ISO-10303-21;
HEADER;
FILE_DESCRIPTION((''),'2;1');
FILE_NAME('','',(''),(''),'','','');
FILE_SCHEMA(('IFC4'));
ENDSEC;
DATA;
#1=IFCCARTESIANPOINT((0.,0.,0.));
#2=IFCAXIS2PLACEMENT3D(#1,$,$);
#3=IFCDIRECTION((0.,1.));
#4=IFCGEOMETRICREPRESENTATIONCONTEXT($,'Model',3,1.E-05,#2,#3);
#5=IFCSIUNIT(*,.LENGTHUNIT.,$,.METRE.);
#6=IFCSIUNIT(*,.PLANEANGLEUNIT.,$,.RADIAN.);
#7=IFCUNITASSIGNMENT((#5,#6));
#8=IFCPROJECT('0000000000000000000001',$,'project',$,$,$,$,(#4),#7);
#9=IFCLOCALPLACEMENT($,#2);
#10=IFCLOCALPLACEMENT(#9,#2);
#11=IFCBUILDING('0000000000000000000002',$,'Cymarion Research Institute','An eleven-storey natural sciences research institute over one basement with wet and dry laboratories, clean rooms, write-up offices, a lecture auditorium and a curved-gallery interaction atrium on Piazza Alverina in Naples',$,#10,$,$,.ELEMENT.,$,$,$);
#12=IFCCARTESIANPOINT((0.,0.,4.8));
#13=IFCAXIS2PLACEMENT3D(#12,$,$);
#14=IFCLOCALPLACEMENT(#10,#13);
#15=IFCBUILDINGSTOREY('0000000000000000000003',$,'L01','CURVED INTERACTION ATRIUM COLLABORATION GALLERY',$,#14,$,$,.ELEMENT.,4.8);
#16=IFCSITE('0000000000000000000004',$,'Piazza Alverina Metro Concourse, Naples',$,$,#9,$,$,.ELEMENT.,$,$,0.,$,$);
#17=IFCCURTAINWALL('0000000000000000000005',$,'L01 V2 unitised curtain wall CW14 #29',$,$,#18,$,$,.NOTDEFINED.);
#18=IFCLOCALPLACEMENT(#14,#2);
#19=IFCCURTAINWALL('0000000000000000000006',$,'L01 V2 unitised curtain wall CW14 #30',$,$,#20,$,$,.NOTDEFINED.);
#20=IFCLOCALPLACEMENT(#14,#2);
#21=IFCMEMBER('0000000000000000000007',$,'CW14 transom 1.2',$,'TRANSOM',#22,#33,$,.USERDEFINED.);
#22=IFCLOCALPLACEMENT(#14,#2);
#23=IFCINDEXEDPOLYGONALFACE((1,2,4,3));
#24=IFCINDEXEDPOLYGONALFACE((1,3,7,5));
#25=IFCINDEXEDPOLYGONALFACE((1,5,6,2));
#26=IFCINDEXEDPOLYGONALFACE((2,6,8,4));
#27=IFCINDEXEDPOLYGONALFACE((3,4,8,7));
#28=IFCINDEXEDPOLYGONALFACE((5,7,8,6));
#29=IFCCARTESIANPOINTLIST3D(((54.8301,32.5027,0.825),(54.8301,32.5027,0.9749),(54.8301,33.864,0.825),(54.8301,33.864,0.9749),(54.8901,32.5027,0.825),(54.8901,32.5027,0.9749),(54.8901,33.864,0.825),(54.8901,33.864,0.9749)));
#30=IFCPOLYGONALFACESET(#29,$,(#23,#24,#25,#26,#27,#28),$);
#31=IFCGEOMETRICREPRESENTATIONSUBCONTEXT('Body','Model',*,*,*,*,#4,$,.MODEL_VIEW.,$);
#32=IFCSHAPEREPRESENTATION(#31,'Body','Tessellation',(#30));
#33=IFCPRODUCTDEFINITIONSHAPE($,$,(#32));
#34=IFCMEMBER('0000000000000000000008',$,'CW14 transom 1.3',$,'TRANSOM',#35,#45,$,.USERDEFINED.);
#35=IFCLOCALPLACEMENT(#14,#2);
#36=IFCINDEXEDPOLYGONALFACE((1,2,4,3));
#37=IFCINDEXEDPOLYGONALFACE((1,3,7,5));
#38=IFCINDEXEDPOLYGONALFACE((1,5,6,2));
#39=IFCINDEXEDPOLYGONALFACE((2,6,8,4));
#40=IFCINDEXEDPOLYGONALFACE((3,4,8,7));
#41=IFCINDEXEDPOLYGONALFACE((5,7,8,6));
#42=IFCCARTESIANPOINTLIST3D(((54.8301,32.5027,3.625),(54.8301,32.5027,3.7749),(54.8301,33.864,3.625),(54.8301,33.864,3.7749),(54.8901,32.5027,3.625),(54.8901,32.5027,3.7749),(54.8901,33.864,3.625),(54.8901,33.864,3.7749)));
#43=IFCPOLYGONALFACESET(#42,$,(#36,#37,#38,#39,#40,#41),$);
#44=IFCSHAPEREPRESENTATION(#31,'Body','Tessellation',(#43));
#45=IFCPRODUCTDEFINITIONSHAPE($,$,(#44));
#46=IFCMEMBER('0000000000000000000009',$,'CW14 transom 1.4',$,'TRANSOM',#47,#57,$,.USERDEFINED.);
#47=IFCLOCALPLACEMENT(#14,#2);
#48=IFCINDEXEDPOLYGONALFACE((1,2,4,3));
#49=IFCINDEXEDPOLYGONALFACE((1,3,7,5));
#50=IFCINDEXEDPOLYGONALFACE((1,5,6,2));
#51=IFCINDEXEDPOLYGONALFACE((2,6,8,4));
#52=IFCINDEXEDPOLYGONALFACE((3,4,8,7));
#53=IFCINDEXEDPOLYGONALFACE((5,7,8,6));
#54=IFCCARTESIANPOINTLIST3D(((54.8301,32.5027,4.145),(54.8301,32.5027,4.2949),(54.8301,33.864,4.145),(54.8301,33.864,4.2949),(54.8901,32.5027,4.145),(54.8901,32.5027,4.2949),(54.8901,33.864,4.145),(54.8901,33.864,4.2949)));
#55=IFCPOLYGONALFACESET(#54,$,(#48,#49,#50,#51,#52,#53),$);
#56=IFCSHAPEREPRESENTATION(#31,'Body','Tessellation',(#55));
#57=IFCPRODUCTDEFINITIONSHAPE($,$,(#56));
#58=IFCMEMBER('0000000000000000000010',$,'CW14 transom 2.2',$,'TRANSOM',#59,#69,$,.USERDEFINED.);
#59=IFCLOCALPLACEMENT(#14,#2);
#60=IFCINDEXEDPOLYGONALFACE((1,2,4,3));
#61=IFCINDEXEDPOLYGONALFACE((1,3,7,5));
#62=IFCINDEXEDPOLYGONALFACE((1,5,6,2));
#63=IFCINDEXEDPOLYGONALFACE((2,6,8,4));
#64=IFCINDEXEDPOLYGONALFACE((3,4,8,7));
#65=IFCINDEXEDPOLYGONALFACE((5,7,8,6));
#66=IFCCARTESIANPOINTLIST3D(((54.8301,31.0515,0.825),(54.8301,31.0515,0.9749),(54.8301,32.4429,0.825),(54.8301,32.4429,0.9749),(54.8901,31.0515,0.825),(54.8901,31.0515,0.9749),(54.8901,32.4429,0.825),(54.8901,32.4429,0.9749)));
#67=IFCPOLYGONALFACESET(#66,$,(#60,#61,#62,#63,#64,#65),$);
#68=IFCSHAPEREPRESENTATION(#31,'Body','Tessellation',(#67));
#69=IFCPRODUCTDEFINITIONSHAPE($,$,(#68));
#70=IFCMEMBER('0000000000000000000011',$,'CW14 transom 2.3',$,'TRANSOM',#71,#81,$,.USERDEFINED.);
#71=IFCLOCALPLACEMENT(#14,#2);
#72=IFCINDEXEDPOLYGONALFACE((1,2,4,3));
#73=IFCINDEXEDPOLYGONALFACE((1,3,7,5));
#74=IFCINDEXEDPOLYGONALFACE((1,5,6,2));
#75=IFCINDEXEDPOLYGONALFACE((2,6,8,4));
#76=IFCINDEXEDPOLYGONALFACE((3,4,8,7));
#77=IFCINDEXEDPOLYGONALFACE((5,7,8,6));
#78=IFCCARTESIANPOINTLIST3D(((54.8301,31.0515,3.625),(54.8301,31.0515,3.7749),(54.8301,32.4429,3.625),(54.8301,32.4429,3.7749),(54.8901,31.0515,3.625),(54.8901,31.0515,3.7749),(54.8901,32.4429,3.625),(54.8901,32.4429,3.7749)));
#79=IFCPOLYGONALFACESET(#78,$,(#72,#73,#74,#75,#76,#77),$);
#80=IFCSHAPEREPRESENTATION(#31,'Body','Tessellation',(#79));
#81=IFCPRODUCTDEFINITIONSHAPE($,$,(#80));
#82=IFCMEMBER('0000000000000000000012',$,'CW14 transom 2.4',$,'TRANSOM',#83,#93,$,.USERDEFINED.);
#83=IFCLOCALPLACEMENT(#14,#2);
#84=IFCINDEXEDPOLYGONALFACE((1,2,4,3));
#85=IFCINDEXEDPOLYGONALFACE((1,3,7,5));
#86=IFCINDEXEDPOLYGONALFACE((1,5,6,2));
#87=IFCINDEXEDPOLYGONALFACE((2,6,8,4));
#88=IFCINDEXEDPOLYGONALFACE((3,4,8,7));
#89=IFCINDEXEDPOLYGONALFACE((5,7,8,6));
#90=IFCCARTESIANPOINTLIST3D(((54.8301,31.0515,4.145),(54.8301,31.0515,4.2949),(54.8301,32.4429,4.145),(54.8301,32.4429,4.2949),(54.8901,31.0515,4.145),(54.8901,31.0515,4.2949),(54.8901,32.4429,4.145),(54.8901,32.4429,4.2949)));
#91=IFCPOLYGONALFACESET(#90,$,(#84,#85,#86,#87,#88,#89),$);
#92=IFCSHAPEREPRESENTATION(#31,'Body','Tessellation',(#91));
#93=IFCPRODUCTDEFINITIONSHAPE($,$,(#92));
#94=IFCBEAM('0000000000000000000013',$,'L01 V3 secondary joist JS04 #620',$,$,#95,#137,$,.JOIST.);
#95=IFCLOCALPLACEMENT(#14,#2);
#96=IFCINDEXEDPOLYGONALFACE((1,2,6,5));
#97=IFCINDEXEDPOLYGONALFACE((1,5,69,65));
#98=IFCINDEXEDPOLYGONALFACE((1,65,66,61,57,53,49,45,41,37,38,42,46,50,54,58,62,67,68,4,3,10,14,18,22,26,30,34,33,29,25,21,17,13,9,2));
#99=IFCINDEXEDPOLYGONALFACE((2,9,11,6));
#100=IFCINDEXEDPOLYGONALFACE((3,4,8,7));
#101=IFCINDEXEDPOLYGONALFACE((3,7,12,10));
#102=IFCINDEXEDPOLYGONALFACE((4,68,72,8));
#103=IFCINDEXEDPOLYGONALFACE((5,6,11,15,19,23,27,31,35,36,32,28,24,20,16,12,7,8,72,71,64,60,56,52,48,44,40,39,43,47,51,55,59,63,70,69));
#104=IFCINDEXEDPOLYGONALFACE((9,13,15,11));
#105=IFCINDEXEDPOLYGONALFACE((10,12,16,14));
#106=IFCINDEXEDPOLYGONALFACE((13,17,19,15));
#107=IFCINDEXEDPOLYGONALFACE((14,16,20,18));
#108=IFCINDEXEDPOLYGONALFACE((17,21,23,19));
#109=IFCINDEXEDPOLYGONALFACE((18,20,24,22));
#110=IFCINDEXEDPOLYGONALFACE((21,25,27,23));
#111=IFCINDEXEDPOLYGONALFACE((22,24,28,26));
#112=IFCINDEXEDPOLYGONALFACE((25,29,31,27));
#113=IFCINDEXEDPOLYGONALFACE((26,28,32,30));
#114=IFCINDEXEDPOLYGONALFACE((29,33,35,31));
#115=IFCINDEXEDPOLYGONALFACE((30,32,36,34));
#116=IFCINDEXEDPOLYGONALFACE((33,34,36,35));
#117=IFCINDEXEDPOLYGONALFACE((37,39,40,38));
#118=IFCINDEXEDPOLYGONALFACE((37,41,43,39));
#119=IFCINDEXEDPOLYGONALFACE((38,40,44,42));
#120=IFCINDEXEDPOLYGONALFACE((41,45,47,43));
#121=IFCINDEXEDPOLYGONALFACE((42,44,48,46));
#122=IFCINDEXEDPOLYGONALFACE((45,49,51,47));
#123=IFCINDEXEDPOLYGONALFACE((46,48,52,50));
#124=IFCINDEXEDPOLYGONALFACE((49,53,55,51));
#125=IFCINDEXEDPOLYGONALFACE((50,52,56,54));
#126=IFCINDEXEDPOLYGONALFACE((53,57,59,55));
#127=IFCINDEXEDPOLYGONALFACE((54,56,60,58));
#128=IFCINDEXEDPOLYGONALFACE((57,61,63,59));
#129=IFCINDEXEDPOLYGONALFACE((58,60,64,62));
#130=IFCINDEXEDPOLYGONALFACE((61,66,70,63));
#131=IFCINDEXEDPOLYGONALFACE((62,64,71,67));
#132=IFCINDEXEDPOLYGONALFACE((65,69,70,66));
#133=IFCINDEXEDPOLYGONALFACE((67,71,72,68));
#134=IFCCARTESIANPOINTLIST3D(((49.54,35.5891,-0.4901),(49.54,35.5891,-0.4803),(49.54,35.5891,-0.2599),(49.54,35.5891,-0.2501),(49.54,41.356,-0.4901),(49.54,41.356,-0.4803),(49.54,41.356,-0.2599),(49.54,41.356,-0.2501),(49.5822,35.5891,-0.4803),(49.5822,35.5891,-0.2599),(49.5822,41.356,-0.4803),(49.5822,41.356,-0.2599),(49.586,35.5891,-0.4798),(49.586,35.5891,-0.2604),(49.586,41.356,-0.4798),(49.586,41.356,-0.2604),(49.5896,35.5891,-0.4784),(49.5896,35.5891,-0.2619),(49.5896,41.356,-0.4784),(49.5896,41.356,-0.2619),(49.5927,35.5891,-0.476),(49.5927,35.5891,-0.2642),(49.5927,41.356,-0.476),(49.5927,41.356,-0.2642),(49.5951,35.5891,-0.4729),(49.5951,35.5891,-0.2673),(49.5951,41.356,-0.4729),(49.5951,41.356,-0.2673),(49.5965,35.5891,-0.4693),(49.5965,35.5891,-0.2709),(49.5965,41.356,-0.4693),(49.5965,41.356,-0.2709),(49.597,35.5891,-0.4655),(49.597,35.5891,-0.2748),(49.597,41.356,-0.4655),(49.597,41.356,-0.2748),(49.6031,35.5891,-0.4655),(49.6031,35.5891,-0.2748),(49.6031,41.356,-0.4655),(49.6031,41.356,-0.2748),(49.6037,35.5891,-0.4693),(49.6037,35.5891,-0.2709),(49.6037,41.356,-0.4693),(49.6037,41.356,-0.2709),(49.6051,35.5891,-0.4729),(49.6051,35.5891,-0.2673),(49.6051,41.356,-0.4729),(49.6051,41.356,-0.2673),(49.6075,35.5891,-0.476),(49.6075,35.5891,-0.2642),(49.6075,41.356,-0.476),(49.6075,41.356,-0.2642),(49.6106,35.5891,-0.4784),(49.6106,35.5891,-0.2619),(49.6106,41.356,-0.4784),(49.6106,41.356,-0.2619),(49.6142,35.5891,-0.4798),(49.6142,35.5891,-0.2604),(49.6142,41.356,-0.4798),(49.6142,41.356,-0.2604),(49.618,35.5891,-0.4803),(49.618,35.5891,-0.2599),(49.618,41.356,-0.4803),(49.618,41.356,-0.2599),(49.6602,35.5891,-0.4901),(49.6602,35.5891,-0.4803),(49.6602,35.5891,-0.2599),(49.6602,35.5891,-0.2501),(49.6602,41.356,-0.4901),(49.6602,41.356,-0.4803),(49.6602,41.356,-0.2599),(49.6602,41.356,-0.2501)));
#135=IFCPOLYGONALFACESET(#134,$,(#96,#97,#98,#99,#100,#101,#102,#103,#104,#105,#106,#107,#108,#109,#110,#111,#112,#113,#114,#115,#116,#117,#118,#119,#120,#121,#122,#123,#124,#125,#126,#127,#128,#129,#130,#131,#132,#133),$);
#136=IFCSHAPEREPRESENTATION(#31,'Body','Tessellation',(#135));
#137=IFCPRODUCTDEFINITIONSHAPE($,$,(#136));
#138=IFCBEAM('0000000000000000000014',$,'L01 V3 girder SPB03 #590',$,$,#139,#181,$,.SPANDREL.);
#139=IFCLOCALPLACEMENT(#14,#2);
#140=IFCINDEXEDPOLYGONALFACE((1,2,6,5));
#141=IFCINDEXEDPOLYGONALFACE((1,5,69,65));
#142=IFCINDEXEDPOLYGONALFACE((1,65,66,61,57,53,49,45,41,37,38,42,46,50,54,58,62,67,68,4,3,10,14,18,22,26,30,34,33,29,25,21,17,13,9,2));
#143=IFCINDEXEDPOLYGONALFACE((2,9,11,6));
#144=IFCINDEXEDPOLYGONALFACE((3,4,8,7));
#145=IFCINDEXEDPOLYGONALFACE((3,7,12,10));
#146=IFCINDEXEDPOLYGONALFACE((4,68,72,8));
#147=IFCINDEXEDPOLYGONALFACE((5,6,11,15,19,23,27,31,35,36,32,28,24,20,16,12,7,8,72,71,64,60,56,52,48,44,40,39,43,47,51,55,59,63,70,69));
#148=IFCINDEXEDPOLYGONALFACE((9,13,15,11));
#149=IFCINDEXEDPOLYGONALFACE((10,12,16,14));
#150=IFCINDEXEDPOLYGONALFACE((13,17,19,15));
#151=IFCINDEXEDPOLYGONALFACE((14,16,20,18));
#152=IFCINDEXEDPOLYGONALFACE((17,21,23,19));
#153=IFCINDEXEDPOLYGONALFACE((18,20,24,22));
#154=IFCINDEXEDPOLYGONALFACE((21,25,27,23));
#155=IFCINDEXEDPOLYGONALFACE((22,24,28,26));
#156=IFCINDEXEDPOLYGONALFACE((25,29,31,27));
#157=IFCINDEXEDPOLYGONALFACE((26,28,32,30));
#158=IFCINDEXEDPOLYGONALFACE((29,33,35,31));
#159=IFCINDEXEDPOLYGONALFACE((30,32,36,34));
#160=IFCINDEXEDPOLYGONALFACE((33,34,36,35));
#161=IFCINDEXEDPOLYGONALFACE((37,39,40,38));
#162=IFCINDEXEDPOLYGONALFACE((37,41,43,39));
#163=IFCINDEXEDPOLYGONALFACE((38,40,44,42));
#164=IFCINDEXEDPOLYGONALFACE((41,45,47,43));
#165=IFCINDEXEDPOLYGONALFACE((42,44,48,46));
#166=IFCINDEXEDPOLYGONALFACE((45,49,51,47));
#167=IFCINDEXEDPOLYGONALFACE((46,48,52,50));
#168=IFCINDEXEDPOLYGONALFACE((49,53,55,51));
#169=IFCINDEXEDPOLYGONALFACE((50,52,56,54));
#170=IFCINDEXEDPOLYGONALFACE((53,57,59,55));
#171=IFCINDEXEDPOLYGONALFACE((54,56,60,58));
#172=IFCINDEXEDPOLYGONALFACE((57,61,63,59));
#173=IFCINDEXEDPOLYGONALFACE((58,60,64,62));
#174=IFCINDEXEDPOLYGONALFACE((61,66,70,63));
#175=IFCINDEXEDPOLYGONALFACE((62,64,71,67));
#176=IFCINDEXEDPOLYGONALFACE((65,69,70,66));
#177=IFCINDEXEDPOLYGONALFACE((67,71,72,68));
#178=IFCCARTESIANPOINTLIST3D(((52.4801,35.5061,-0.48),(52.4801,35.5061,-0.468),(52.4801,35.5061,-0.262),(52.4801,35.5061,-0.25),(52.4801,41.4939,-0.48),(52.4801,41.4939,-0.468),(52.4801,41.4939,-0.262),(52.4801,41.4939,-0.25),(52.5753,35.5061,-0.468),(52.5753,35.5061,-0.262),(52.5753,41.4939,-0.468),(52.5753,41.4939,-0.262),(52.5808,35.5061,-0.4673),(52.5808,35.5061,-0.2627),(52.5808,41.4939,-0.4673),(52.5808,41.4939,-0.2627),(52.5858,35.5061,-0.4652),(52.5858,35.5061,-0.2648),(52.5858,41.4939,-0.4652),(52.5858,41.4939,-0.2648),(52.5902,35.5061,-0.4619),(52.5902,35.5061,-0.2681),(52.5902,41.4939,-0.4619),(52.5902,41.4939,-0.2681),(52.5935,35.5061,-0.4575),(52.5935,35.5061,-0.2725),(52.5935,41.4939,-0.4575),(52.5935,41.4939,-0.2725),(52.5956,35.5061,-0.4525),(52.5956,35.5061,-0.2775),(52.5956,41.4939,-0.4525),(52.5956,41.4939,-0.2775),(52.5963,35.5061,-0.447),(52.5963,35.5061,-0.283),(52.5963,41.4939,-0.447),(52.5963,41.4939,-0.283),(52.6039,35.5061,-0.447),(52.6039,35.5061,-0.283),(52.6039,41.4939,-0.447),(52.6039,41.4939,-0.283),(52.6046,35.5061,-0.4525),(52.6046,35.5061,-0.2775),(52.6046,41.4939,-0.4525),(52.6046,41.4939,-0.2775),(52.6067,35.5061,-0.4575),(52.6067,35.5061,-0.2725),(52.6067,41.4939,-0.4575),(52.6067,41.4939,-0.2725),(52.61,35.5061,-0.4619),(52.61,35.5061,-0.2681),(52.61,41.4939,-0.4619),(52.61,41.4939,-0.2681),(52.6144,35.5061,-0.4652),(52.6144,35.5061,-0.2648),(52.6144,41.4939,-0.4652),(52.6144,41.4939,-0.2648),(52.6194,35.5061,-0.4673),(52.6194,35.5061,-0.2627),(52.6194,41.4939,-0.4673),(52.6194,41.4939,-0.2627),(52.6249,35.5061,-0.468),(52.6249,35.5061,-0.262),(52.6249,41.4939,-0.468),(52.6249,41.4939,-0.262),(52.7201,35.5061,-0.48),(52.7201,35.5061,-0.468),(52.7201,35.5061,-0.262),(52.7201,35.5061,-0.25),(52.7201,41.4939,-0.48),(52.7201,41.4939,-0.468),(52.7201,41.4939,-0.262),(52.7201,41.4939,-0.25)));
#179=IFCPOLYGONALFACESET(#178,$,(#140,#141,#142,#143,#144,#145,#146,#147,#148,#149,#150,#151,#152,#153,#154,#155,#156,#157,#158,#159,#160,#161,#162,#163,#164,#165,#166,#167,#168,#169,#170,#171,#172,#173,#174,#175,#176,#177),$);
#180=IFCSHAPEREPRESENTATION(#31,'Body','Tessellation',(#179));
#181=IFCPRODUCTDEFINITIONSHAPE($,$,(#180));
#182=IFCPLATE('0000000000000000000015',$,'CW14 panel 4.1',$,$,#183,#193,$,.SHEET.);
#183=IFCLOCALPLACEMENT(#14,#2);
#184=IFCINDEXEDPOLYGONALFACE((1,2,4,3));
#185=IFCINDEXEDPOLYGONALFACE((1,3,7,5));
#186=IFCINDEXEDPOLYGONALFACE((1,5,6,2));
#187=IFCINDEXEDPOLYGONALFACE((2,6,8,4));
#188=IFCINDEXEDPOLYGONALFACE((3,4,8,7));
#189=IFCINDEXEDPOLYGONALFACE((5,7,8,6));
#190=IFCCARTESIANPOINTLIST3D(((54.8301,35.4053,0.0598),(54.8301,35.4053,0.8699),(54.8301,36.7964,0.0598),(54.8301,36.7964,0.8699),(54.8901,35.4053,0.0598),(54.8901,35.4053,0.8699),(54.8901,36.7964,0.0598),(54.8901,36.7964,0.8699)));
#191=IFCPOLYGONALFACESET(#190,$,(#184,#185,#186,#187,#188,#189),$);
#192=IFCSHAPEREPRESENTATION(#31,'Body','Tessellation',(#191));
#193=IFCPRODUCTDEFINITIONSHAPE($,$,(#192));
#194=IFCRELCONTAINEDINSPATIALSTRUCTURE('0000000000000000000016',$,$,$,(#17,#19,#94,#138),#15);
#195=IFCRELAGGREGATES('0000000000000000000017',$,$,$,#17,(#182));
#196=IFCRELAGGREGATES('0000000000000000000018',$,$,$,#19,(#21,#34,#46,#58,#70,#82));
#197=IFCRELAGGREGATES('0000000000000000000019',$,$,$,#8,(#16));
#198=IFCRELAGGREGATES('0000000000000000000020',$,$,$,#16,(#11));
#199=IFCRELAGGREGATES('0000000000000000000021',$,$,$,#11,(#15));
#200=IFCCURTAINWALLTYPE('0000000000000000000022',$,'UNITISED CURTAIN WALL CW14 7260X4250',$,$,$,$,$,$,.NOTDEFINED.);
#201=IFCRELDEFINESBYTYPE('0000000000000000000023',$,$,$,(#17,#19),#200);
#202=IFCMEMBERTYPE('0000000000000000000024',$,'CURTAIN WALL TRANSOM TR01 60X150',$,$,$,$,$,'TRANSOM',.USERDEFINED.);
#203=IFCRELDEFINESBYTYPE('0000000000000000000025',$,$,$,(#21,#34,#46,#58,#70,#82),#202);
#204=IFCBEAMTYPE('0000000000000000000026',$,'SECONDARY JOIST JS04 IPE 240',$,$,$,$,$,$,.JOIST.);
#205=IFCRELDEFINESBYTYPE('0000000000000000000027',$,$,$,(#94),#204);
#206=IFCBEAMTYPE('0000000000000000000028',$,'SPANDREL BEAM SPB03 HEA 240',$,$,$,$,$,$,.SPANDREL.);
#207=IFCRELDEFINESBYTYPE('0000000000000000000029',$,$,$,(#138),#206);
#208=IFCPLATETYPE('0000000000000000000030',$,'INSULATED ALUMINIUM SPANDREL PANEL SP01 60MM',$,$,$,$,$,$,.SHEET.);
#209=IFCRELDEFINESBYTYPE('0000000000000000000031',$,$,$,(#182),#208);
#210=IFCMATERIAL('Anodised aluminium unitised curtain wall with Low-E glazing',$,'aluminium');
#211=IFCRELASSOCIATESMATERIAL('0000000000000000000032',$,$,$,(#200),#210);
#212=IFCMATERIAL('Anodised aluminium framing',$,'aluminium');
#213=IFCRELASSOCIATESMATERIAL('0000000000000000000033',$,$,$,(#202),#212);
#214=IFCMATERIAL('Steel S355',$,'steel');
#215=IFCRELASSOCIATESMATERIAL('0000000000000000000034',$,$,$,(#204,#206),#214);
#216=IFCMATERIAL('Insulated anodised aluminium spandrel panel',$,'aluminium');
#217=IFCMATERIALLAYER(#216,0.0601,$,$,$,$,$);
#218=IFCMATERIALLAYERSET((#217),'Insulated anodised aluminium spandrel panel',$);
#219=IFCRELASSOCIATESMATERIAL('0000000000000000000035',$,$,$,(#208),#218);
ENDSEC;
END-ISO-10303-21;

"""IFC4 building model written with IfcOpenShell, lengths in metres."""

from ifc_helpers import new_model, si_unit, direction, frame, origin, origin_2d, place, context, subcontext, project, spatial, rectangle, i_section, extrude, material, layer, layer_set, material_profile, profile_set, type_object, element, aggregate, save


model = new_model("IFC4")

# Units and contexts
model_context = context("Model", 3, precision=1e-05, world=origin(), true_north=direction((0.0, 1.0)))
body_context = subcontext(model_context, "Body", "Model", "MODEL_VIEW")
ifc_project = project(units=[si_unit("LENGTHUNIT", "METRE"), si_unit("PLANEANGLEUNIT", "RADIAN")], contexts=[model_context])

# Site, building, storey
site_placement = place(None, origin())
site = spatial("IfcSite", under=ifc_project, at=site_placement, Name="Piazza Alverina Metro Concourse, Naples", CompositionType="ELEMENT", RefElevation=0.0)
building_placement = place(site_placement, origin())
building = spatial("IfcBuilding", under=site, at=building_placement, Name="Cymarion Research Institute", Description="An eleven-storey natural sciences research institute over one basement with wet and dry laboratories, clean rooms, write-up offices, a lecture auditorium and a curved-gallery interaction atrium on Piazza Alverina in Naples", CompositionType="ELEMENT")
storey_placement = place(building_placement, frame((0.0, 0.0, 4.8)))
storey = spatial("IfcBuildingStorey", under=building, at=storey_placement, Name="L01", Description="CURVED INTERACTION ATRIUM COLLABORATION GALLERY", CompositionType="ELEMENT", Elevation=4.8)

# Shared definitions
ifc_material_1 = material(Name="Steel S355", Category="steel")

# Curtain walls
ifc_material_2 = material(Name="Anodised aluminium unitised curtain wall with Low-E glazing", Category="aluminium")
curtain_wall_type = type_object("IfcCurtainWallType", Name="UNITISED CURTAIN WALL CW14 7260X4250", PredefinedType="NOTDEFINED", material=ifc_material_2)
curtain_wall_1_placement = place(storey_placement, origin())
curtain_wall_1 = element("IfcCurtainWall", 1, at=curtain_wall_1_placement, inside=storey, type_object=curtain_wall_type, Name="L01 V2 unitised curtain wall CW14 #29", PredefinedType="NOTDEFINED")
ifc_material_3 = material(Name="Anodised aluminium framing", Category="aluminium")
curtain_wall_2_placement = place(storey_placement, origin())
curtain_wall_2 = element("IfcCurtainWall", 2, at=curtain_wall_2_placement, inside=storey, type_object=curtain_wall_type, Name="L01 V2 unitised curtain wall CW14 #30", PredefinedType="NOTDEFINED")

# Members
ifc_material_profile_1 = material_profile(ifc_material_3, rectangle(XDim=0.0601, YDim=0.1499, at=origin_2d()), Name="ALU TRANSOM 60x150")
ifc_profile_set_1 = profile_set([ifc_material_profile_1], Name="Anodised aluminium framing")
member_type_1 = type_object("IfcMemberType", Name="CURTAIN WALL TRANSOM TR01 60X150", ElementType="TRANSOM", PredefinedType="USERDEFINED", material=ifc_profile_set_1)
member_1_placement = place(storey_placement, frame((54.8601, 33.864, 0.8999), z_axis=(0.0, -1.0, 0.0), x_axis=(1.0, 0.0, 0.0)))
member_1 = element("IfcMember", 3, at=member_1_placement, type_object=member_type_1, Name="CW14 transom 1.2", ObjectType="TRANSOM", PredefinedType="USERDEFINED", context=body_context, shape_type="SweptSolid", body=[
    extrude(rectangle(XDim=0.0601, YDim=0.1499, at=origin_2d()), origin(), (0.0, 0.0, 1.0), 1.3613),
])
member_2_placement = place(storey_placement, frame((54.8601, 33.864, 3.7), z_axis=(0.0, -1.0, 0.0), x_axis=(1.0, 0.0, 0.0)))
member_2 = element("IfcMember", 4, at=member_2_placement, type_object=member_type_1, Name="CW14 transom 1.3", ObjectType="TRANSOM", PredefinedType="USERDEFINED", context=body_context, shape_type="SweptSolid", body=[
    extrude(rectangle(XDim=0.0601, YDim=0.1499, at=origin_2d()), origin(), (0.0, 0.0, 1.0), 1.3613),
])
member_3_placement = place(storey_placement, frame((54.8601, 33.864, 4.22), z_axis=(0.0, -1.0, 0.0), x_axis=(1.0, 0.0, 0.0)))
member_3 = element("IfcMember", 5, at=member_3_placement, type_object=member_type_1, Name="CW14 transom 1.4", ObjectType="TRANSOM", PredefinedType="USERDEFINED", context=body_context, shape_type="SweptSolid", body=[
    extrude(rectangle(XDim=0.0601, YDim=0.1499, at=origin_2d()), origin(), (0.0, 0.0, 1.0), 1.3613),
])
member_4_placement = place(storey_placement, frame((54.8601, 32.4429, 0.8999), z_axis=(0.0, -1.0, 0.0), x_axis=(1.0, 0.0, 0.0)))
member_4 = element("IfcMember", 6, at=member_4_placement, type_object=member_type_1, Name="CW14 transom 2.2", ObjectType="TRANSOM", PredefinedType="USERDEFINED", context=body_context, shape_type="SweptSolid", body=[
    extrude(rectangle(XDim=0.0601, YDim=0.1499, at=origin_2d()), origin(), (0.0, 0.0, 1.0), 1.3914),
])
member_5_placement = place(storey_placement, frame((54.8601, 32.4429, 3.7), z_axis=(0.0, -1.0, 0.0), x_axis=(1.0, 0.0, 0.0)))
member_5 = element("IfcMember", 7, at=member_5_placement, type_object=member_type_1, Name="CW14 transom 2.3", ObjectType="TRANSOM", PredefinedType="USERDEFINED", context=body_context, shape_type="SweptSolid", body=[
    extrude(rectangle(XDim=0.0601, YDim=0.1499, at=origin_2d()), origin(), (0.0, 0.0, 1.0), 1.3914),
])
member_6_placement = place(storey_placement, frame((54.8601, 32.4429, 4.22), z_axis=(0.0, -1.0, 0.0), x_axis=(1.0, 0.0, 0.0)))
member_6 = element("IfcMember", 8, at=member_6_placement, type_object=member_type_1, Name="CW14 transom 2.4", ObjectType="TRANSOM", PredefinedType="USERDEFINED", context=body_context, shape_type="SweptSolid", body=[
    extrude(rectangle(XDim=0.0601, YDim=0.1499, at=origin_2d()), origin(), (0.0, 0.0, 1.0), 1.3914),
])

# Beams
ifc_material_profile_2 = material_profile(ifc_material_1, i_section(OverallWidth=0.1201, OverallDepth=0.24, WebThickness=0.0061, FlangeThickness=0.0098, FilletRadius=0.0149, at=origin_2d()), Name="IPE 240")
ifc_profile_set_2 = profile_set([ifc_material_profile_2], Name="Steel S355")
beam_type_1 = type_object("IfcBeamType", Name="SECONDARY JOIST JS04 IPE 240", PredefinedType="JOIST", material=ifc_profile_set_2)
beam_1_placement = place(storey_placement, frame((49.6001, 35.5891, -0.3701), z_axis=(0.0, 1.0, 0.0), x_axis=(-1.0, 0.0, 0.0)))
element("IfcBeam", 9, at=beam_1_placement, inside=storey, type_object=beam_type_1, Name="L01 V3 secondary joist JS04 #620", PredefinedType="JOIST", context=body_context, shape_type="SweptSolid", body=[
    extrude(i_section(OverallWidth=0.1201, OverallDepth=0.24, WebThickness=0.0061, FlangeThickness=0.0098, FilletRadius=0.0149, at=origin_2d()), origin(), (0.0, 0.0, 1.0), 5.7668),
])
ifc_material_profile_3 = material_profile(ifc_material_1, i_section(OverallWidth=0.24, OverallDepth=0.23, WebThickness=0.0076, FlangeThickness=0.012, FilletRadius=0.021, at=origin_2d()), Name="HEA 240")
ifc_profile_set_3 = profile_set([ifc_material_profile_3], Name="Steel S355")
beam_type_2 = type_object("IfcBeamType", Name="SPANDREL BEAM SPB03 HEA 240", PredefinedType="SPANDREL", material=ifc_profile_set_3)
beam_2_placement = place(storey_placement, frame((52.6001, 35.5061, -0.365), z_axis=(0.0, 1.0, 0.0), x_axis=(-1.0, 0.0, 0.0)))
element("IfcBeam", 10, at=beam_2_placement, inside=storey, type_object=beam_type_2, Name="L01 V3 girder SPB03 #590", PredefinedType="SPANDREL", context=body_context, shape_type="SweptSolid", body=[
    extrude(i_section(OverallWidth=0.24, OverallDepth=0.23, WebThickness=0.0076, FlangeThickness=0.012, FilletRadius=0.021, at=origin_2d()), origin(), (0.0, 0.0, 1.0), 5.9878),
])

# Plate
ifc_material_4 = material(Name="Insulated anodised aluminium spandrel panel", Category="aluminium")
ifc_layer_1 = layer(ifc_material_4, 0.0601)
ifc_layer_set_1 = layer_set([ifc_layer_1], Name="Insulated anodised aluminium spandrel panel")
plate_type_1 = type_object("IfcPlateType", Name="INSULATED ALUMINIUM SPANDREL PANEL SP01 60MM", PredefinedType="SHEET", material=ifc_layer_set_1)
plate_1_placement = place(storey_placement, frame((54.8601, 36.1008, 0.0598), z_axis=(0.0, 0.0, 1.0), x_axis=(0.0, -1.0, 0.0)))
plate_1 = element("IfcPlate", 11, at=plate_1_placement, type_object=plate_type_1, Name="CW14 panel 4.1", PredefinedType="SHEET", context=body_context, shape_type="SweptSolid", body=[
    extrude(rectangle(XDim=1.3911, YDim=0.0601, at=origin_2d()), origin(), (0.0, 0.0, 1.0), 0.8101),
])
aggregate(curtain_wall_1, [plate_1])
aggregate(curtain_wall_2, [member_1, member_2, member_3, member_4, member_5, member_6])

save(model, "model.ifc")
